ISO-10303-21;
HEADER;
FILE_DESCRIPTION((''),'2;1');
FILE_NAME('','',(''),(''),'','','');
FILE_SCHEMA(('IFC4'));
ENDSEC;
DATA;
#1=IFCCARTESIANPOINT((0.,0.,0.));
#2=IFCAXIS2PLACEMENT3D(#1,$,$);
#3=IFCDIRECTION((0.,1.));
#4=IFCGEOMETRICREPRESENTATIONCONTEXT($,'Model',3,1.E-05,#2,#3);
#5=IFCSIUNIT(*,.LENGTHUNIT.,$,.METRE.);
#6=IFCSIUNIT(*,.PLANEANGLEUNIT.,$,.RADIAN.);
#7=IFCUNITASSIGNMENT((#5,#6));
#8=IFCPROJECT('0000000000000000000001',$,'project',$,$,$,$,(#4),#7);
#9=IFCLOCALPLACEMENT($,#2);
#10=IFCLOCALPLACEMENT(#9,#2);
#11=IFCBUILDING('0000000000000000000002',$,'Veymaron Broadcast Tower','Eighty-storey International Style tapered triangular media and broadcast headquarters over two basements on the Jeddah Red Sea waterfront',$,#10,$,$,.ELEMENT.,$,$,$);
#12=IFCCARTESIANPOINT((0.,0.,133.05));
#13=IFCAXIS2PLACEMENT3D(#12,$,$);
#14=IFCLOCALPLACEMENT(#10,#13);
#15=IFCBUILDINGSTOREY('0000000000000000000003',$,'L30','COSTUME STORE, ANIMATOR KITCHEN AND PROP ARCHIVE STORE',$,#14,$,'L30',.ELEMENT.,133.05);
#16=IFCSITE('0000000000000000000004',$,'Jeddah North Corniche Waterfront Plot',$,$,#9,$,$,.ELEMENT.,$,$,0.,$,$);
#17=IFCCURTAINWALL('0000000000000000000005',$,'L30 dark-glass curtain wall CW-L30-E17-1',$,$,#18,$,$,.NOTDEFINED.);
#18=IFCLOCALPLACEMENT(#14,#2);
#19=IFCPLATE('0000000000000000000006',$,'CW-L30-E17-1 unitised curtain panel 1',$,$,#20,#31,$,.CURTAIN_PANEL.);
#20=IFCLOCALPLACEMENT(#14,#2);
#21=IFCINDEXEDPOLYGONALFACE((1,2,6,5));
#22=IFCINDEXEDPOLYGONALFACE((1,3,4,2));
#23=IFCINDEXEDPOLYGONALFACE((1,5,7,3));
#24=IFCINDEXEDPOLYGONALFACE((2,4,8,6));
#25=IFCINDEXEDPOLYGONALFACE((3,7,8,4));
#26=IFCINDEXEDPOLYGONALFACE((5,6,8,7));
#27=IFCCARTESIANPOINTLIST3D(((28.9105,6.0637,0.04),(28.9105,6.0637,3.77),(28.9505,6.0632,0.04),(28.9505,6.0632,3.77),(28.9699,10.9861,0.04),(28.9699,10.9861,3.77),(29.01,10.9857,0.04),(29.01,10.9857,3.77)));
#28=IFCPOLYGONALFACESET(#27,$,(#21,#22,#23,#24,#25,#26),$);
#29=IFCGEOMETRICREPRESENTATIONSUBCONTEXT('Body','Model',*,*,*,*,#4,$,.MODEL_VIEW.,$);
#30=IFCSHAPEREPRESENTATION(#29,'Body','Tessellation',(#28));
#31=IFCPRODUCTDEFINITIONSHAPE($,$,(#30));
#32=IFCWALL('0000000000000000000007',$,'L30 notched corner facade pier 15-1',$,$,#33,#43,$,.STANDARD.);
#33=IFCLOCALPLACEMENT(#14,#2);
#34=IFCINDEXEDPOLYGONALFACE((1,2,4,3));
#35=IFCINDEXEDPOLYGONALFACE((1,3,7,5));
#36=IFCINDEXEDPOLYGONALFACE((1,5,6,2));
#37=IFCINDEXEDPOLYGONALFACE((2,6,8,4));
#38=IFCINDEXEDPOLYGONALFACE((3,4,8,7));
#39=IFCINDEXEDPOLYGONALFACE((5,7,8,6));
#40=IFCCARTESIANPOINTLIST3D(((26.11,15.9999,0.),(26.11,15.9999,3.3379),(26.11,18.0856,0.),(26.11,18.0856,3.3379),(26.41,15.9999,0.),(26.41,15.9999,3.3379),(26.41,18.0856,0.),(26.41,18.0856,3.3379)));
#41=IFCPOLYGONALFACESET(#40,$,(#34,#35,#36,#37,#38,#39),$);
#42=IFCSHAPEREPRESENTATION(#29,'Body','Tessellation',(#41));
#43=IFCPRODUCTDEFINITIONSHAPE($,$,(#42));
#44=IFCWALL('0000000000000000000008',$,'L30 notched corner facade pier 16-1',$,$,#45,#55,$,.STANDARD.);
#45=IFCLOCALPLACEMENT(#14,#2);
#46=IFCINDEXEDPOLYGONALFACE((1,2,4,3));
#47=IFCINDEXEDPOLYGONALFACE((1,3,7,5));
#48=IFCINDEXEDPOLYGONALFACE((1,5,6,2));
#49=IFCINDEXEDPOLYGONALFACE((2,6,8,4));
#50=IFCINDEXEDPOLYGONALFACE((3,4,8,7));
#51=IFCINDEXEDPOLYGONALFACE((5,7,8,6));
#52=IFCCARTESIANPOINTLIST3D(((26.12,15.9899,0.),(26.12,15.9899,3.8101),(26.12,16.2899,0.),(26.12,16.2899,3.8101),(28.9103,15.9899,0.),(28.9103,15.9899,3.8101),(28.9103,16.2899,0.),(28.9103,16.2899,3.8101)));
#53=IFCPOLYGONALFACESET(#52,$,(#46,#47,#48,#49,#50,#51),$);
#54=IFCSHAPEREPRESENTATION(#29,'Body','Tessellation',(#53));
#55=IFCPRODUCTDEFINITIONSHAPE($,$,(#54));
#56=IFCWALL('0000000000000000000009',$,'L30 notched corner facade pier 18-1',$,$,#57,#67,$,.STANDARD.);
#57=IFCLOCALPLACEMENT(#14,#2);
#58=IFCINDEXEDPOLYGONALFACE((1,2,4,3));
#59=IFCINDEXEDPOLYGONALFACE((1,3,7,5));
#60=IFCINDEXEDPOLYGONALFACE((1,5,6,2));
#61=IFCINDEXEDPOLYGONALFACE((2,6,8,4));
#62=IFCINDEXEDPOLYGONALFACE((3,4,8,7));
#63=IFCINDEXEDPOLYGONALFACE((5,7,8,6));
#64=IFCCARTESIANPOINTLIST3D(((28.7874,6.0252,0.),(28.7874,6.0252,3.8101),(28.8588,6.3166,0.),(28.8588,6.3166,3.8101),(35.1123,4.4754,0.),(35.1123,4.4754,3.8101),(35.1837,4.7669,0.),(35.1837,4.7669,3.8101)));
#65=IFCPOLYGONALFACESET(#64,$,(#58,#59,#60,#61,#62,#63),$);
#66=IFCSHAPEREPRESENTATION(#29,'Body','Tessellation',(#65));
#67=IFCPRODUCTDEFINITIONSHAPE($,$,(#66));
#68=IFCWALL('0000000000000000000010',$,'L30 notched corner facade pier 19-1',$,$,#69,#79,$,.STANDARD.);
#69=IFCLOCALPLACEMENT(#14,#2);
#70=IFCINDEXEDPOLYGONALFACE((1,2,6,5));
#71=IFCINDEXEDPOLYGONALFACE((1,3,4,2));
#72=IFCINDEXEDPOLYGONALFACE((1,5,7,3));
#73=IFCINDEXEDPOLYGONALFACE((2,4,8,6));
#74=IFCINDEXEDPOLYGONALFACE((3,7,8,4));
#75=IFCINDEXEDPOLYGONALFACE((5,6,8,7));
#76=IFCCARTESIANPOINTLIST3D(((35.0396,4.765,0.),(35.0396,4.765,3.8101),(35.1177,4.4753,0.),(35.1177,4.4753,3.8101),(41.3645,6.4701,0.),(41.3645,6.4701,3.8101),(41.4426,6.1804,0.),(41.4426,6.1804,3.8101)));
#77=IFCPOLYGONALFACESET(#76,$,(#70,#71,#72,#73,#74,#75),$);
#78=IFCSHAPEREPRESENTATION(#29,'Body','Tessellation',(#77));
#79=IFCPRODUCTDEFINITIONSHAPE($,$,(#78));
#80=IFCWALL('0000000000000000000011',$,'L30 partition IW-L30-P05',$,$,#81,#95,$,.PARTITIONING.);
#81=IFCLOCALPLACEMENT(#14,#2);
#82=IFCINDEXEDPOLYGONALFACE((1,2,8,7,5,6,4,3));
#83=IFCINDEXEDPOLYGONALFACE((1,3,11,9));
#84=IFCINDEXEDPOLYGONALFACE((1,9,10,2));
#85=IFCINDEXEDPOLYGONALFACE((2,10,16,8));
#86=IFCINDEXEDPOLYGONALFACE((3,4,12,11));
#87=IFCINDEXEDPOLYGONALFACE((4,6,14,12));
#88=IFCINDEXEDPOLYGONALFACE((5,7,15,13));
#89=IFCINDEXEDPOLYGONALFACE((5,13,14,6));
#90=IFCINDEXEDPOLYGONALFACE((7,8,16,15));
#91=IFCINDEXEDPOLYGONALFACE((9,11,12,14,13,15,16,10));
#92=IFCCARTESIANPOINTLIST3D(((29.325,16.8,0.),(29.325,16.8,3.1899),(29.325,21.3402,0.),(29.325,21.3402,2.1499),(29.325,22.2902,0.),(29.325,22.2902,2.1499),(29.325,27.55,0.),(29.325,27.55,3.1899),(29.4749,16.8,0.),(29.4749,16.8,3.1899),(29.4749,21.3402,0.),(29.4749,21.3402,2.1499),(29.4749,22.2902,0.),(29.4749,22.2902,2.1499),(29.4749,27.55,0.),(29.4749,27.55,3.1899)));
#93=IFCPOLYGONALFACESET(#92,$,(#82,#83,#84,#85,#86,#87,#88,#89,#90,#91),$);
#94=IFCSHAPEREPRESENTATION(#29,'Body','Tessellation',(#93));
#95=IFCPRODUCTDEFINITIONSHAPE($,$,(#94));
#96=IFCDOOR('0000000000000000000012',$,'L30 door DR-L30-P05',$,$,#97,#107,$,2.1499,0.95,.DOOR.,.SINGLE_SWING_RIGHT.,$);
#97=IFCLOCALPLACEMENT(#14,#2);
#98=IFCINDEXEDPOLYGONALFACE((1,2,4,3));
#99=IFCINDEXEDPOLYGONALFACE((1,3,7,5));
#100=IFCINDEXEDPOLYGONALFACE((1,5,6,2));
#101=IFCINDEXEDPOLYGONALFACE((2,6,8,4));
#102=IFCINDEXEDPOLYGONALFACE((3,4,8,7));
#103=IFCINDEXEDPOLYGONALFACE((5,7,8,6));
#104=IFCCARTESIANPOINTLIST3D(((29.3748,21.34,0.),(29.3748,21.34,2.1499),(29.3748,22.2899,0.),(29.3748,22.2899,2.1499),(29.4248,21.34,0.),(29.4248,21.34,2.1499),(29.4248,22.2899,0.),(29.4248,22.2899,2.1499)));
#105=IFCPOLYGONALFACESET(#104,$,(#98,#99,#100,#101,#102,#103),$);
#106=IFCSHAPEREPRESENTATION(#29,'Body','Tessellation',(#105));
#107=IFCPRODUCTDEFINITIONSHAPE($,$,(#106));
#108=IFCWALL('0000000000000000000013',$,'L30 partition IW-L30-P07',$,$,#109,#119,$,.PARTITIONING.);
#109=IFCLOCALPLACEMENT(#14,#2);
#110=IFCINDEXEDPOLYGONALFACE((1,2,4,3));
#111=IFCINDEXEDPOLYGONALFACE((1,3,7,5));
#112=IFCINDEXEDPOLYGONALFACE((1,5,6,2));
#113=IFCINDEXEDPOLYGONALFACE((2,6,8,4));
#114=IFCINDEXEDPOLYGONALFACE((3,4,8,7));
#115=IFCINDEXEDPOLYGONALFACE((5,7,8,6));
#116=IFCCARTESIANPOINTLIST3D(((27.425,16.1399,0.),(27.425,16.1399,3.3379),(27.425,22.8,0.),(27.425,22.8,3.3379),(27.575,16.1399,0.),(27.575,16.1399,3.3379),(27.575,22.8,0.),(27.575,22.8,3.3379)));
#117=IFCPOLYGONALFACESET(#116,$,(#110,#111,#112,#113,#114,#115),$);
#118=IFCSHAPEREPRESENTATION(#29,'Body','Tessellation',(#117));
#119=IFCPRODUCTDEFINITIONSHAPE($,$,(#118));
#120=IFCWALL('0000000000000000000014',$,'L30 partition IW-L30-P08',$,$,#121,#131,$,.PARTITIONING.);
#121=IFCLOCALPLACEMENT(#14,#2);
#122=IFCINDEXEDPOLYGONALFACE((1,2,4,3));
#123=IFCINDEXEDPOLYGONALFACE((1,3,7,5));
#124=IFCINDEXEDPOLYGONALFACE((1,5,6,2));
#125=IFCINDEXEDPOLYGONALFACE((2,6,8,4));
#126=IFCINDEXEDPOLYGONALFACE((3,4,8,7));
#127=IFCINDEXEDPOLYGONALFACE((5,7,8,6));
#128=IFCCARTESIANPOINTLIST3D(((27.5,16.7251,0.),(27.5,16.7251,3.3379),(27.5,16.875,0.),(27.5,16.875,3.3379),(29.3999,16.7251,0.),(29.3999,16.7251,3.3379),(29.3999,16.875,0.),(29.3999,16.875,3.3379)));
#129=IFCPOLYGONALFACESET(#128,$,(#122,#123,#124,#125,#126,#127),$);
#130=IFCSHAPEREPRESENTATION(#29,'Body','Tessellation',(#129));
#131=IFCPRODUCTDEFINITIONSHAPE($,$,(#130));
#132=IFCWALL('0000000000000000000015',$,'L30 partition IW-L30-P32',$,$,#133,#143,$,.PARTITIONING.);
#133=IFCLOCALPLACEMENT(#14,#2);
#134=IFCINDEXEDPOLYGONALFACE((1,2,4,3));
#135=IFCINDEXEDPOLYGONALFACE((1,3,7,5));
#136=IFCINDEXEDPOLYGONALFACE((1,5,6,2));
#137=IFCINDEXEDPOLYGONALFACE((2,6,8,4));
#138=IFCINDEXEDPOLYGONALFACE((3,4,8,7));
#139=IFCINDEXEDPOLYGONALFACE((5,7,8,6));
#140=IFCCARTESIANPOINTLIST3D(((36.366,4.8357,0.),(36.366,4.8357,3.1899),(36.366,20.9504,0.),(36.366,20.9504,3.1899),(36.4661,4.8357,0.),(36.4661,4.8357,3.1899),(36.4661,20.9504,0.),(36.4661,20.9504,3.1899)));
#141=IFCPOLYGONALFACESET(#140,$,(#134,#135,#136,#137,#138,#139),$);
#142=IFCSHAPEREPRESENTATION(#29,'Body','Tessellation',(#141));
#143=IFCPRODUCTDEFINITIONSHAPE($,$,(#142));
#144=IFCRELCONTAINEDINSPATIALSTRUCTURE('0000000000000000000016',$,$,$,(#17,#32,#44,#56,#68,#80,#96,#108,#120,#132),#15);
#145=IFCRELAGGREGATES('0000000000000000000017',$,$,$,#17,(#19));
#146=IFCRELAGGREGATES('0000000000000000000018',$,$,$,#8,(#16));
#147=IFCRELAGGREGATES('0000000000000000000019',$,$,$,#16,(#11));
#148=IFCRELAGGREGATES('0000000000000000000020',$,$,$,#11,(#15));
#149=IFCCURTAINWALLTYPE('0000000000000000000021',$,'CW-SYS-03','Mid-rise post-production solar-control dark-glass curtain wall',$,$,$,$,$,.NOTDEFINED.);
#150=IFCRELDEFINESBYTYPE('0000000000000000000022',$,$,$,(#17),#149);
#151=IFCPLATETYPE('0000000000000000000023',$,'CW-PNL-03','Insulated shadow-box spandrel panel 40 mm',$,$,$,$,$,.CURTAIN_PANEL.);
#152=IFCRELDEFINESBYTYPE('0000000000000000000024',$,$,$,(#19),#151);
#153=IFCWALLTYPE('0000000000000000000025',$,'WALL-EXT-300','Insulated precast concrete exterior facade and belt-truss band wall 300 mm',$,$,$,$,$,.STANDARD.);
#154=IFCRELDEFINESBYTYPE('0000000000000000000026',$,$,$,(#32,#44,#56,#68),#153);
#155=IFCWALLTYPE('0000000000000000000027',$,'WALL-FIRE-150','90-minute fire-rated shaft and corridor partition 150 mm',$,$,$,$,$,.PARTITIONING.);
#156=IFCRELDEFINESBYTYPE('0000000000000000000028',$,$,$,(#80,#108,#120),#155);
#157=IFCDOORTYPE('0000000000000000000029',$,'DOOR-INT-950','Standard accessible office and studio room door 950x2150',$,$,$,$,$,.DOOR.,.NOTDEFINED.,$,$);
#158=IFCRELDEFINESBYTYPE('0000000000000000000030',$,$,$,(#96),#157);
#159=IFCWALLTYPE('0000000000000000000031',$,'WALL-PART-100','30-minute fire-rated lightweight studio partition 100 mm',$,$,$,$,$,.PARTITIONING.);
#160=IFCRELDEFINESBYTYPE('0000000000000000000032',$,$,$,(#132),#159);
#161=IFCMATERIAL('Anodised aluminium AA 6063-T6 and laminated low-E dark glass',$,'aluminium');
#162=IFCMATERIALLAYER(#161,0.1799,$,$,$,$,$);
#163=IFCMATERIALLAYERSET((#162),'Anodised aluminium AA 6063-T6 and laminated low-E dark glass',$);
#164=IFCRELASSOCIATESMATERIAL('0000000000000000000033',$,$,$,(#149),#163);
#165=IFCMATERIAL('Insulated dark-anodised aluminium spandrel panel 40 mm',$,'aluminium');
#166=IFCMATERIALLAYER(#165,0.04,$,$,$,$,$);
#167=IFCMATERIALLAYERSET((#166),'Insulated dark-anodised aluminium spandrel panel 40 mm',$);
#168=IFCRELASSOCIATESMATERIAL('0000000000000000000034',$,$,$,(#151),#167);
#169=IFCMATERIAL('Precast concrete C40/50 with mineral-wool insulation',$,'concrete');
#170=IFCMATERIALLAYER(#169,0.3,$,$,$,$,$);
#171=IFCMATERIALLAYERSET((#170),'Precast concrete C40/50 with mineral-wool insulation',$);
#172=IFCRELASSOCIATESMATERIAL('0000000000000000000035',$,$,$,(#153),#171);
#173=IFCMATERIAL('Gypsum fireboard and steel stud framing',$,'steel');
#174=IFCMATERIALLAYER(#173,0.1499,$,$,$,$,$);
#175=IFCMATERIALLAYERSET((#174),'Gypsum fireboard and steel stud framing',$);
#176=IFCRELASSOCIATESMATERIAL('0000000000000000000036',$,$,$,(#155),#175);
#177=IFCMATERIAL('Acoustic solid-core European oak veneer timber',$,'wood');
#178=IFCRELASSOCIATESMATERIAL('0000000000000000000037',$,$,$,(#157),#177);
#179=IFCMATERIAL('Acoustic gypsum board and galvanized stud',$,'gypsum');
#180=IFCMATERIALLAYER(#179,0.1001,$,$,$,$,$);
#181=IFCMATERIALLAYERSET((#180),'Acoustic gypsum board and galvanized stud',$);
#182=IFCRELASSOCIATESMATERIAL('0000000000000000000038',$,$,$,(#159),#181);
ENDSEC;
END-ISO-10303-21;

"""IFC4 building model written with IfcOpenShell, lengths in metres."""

from ifc_helpers import new_model, si_unit, direction, frame, frame_2d, origin, origin_2d, place, context, subcontext, project, spatial, rectangle, extrude, material, layer, layer_set, type_object, element, fill, aggregate, save


model = new_model("IFC4")

# Units and contexts
model_context = context("Model", 3, precision=1e-05, world=origin(), true_north=direction((0.0, 1.0)))
body_context = subcontext(model_context, "Body", "Model", "MODEL_VIEW")
ifc_project = project(units=[si_unit("LENGTHUNIT", "METRE"), si_unit("PLANEANGLEUNIT", "RADIAN")], contexts=[model_context])

# Site, building, storey
site_placement = place(None, origin())
site = spatial("IfcSite", under=ifc_project, at=site_placement, Name="Jeddah North Corniche Waterfront Plot", CompositionType="ELEMENT", RefElevation=0.0)
building_placement = place(site_placement, origin())
building = spatial("IfcBuilding", under=site, at=building_placement, Name="Veymaron Broadcast Tower", Description="Eighty-storey International Style tapered triangular media and broadcast headquarters over two basements on the Jeddah Red Sea waterfront", CompositionType="ELEMENT")
storey_placement = place(building_placement, frame((0.0, 0.0, 133.05)))
storey = spatial("IfcBuildingStorey", under=building, at=storey_placement, Name="L30", Description="COSTUME STORE, ANIMATOR KITCHEN AND PROP ARCHIVE STORE", LongName="L30", CompositionType="ELEMENT", Elevation=133.05)

# Shared definitions
ifc_material_1 = material(Name="Anodised aluminium AA 6063-T6 and laminated low-E dark glass", Category="aluminium")
ifc_layer_1 = layer(ifc_material_1, 0.1799)
ifc_layer_set_1 = layer_set([ifc_layer_1], Name="Anodised aluminium AA 6063-T6 and laminated low-E dark glass")
curtain_wall_type = type_object("IfcCurtainWallType", Name="CW-SYS-03", Description="Mid-rise post-production solar-control dark-glass curtain wall", PredefinedType="NOTDEFINED", material=ifc_layer_set_1)

# Curtain wall, plate
curtain_wall_1_placement = place(storey_placement, origin())
curtain_wall_1 = element("IfcCurtainWall", 1, at=curtain_wall_1_placement, inside=storey, type_object=curtain_wall_type, Name="L30 dark-glass curtain wall CW-L30-E17-1", PredefinedType="NOTDEFINED")
ifc_material_2 = material(Name="Insulated dark-anodised aluminium spandrel panel 40 mm", Category="aluminium")
ifc_layer_2 = layer(ifc_material_2, 0.04)
ifc_layer_set_2 = layer_set([ifc_layer_2], Name="Insulated dark-anodised aluminium spandrel panel 40 mm")
plate_type = type_object("IfcPlateType", Name="CW-PNL-03", Description="Insulated shadow-box spandrel panel 40 mm", PredefinedType="CURTAIN_PANEL", material=ifc_layer_set_2)
plate_1_placement = place(storey_placement, frame((28.9602, 8.5247, 0.04), z_axis=(0.0, 0.0, 1.0), x_axis=(-0.012077, -0.999927, 0.0)))
plate_1 = element("IfcPlate", 2, at=plate_1_placement, type_object=plate_type, Name="CW-L30-E17-1 unitised curtain panel 1", PredefinedType="CURTAIN_PANEL", context=body_context, shape_type="SweptSolid", body=[
    extrude(rectangle(XDim=4.9229, YDim=0.04, at=origin_2d()), origin(), (0.0, 0.0, 1.0), 3.73),
])
aggregate(curtain_wall_1, [plate_1])

# Walls
ifc_material_3 = material(Name="Precast concrete C40/50 with mineral-wool insulation", Category="concrete")
ifc_layer_3 = layer(ifc_material_3, 0.3)
ifc_layer_set_3 = layer_set([ifc_layer_3], Name="Precast concrete C40/50 with mineral-wool insulation")
wall_type_1 = type_object("IfcWallType", Name="WALL-EXT-300", Description="Insulated precast concrete exterior facade and belt-truss band wall 300 mm", PredefinedType="STANDARD", material=ifc_layer_set_3)
wall_1_placement = place(storey_placement, frame((26.26, 18.0857, 0.0), z_axis=(0.0, 0.0, 1.0), x_axis=(0.0, -1.0, 0.0)))
element("IfcWall", 3, at=wall_1_placement, inside=storey, type_object=wall_type_1, Name="L30 notched corner facade pier 15-1", PredefinedType="STANDARD", context=body_context, shape_type="SweptSolid", body=[
    extrude(rectangle(XDim=2.0857, YDim=0.3, at=frame_2d((1.043, 0.0))), origin(), (0.0, 0.0, 1.0), 3.3379),
])
wall_2_placement = place(storey_placement, frame((26.1201, 16.1399, 0.0), z_axis=(0.0, 0.0, 1.0), x_axis=(1.0, 0.0, 0.0)))
element("IfcWall", 4, at=wall_2_placement, inside=storey, type_object=wall_type_1, Name="L30 notched corner facade pier 16-1", PredefinedType="STANDARD", context=body_context, shape_type="SweptSolid", body=[
    extrude(rectangle(XDim=2.7903, YDim=0.3, at=frame_2d((1.395, 0.0))), origin(), (0.0, 0.0, 1.0), 3.8101),
])
wall_3_placement = place(storey_placement, frame((28.8232, 6.1709, 0.0), z_axis=(0.0, 0.0, 1.0), x_axis=(0.971268, -0.23799, 0.0)))
element("IfcWall", 5, at=wall_3_placement, inside=storey, type_object=wall_type_1, Name="L30 notched corner facade pier 18-1", PredefinedType="STANDARD", context=body_context, shape_type="SweptSolid", body=[
    extrude(rectangle(XDim=6.512, YDim=0.3, at=frame_2d((3.2559, 0.0))), origin(), (0.0, 0.0, 1.0), 3.8101),
])
wall_4_placement = place(storey_placement, frame((35.0786, 4.6201, 0.0), z_axis=(0.0, 0.0, 1.0), x_axis=(0.965531, 0.260288, 0.0)))
element("IfcWall", 6, at=wall_4_placement, inside=storey, type_object=wall_type_1, Name="L30 notched corner facade pier 19-1", PredefinedType="STANDARD", context=body_context, shape_type="SweptSolid", body=[
    extrude(rectangle(XDim=6.5508, YDim=0.3, at=frame_2d((3.2754, 0.0))), origin(), (0.0, 0.0, 1.0), 3.8101),
])

# Wall, opening, door
ifc_material_4 = material(Name="Gypsum fireboard and steel stud framing", Category="steel")
ifc_layer_4 = layer(ifc_material_4, 0.1499)
ifc_layer_set_4 = layer_set([ifc_layer_4], Name="Gypsum fireboard and steel stud framing")
wall_type_2 = type_object("IfcWallType", Name="WALL-FIRE-150", Description="90-minute fire-rated shaft and corridor partition 150 mm", PredefinedType="PARTITIONING", material=ifc_layer_set_4)
wall_5_placement = place(storey_placement, frame((29.3999, 16.8, 0.0), z_axis=(0.0, 0.0, 1.0), x_axis=(0.0, 1.0, 0.0)))
wall_5 = element("IfcWall", 7, at=wall_5_placement, inside=storey, type_object=wall_type_2, Name="L30 partition IW-L30-P05", PredefinedType="PARTITIONING", context=body_context, shape_type="SweptSolid", body=[
    extrude(rectangle(XDim=10.75, YDim=0.1499, at=frame_2d((5.375, 0.0))), origin(), (0.0, 0.0, 1.0), 3.1899),
])
opening_placement = place(wall_5_placement, frame((4.54, 0.0, 0.0)))
opening = element("IfcOpeningElement", 8, at=opening_placement, cuts=wall_5, PredefinedType="OPENING", context=body_context, shape_type="SweptSolid", body=[
    extrude(rectangle(XDim=0.95, YDim=2.1499, at=frame_2d((0.4751, 1.075))), frame((0.0, 0.085, 0.0), z_axis=(0.0, -1.0, 0.0), x_axis=(1.0, 0.0, 0.0)), (0.0, 0.0, 1.0), 0.1699),
])
ifc_material_5 = material(Name="Acoustic solid-core European oak veneer timber", Category="wood")
door_type = type_object("IfcDoorType", Name="DOOR-INT-950", Description="Standard accessible office and studio room door 950x2150", OperationType="NOTDEFINED", PredefinedType="DOOR", material=ifc_material_5)
door_placement = place(opening_placement, frame((0.95, 0.0, 0.0), z_axis=(0.0, 0.0, 1.0), x_axis=(-1.0, 0.0, 0.0)))
door = element("IfcDoor", 9, at=door_placement, inside=storey, type_object=door_type, Name="L30 door DR-L30-P05", OperationType="SINGLE_SWING_RIGHT", OverallHeight=2.1499, OverallWidth=0.95, PredefinedType="DOOR", context=body_context, shape_type="SweptSolid", body=[
    extrude(rectangle(XDim=0.95, YDim=2.1499, at=frame_2d((0.4751, 1.075))), frame((0.0, 0.0249, 0.0), z_axis=(0.0, -1.0, 0.0), x_axis=(1.0, 0.0, 0.0)), (0.0, 0.0, 1.0), 0.05),
])
fill(opening, door)

# Walls
wall_6_placement = place(storey_placement, frame((27.5, 16.1399, 0.0), z_axis=(0.0, 0.0, 1.0), x_axis=(0.0, 1.0, 0.0)))
element("IfcWall", 10, at=wall_6_placement, inside=storey, type_object=wall_type_2, Name="L30 partition IW-L30-P07", PredefinedType="PARTITIONING", context=body_context, shape_type="SweptSolid", body=[
    extrude(rectangle(XDim=6.6602, YDim=0.1499, at=frame_2d((3.3301, 0.0))), origin(), (0.0, 0.0, 1.0), 3.3379),
])
wall_7_placement = place(storey_placement, frame((27.5, 16.8, 0.0), z_axis=(0.0, 0.0, 1.0), x_axis=(1.0, 0.0, 0.0)))
element("IfcWall", 11, at=wall_7_placement, inside=storey, type_object=wall_type_2, Name="L30 partition IW-L30-P08", PredefinedType="PARTITIONING", context=body_context, shape_type="SweptSolid", body=[
    extrude(rectangle(XDim=1.8999, YDim=0.1499, at=frame_2d((0.95, 0.0))), origin(), (0.0, 0.0, 1.0), 3.3379),
])
ifc_material_6 = material(Name="Acoustic gypsum board and galvanized stud", Category="gypsum")
ifc_layer_5 = layer(ifc_material_6, 0.1001)
ifc_layer_set_5 = layer_set([ifc_layer_5], Name="Acoustic gypsum board and galvanized stud")
wall_type_3 = type_object("IfcWallType", Name="WALL-PART-100", Description="30-minute fire-rated lightweight studio partition 100 mm", PredefinedType="PARTITIONING", material=ifc_layer_set_5)
wall_8_placement = place(storey_placement, frame((36.416, 4.8357, 0.0), z_axis=(0.0, 0.0, 1.0), x_axis=(0.0, 1.0, 0.0)))
element("IfcWall", 12, at=wall_8_placement, inside=storey, type_object=wall_type_3, Name="L30 partition IW-L30-P32", PredefinedType="PARTITIONING", context=body_context, shape_type="SweptSolid", body=[
    extrude(rectangle(XDim=16.1147, YDim=0.1001, at=frame_2d((8.0574, 0.0))), origin(), (0.0, 0.0, 1.0), 3.1899),
])

save(model, "model.ifc")
